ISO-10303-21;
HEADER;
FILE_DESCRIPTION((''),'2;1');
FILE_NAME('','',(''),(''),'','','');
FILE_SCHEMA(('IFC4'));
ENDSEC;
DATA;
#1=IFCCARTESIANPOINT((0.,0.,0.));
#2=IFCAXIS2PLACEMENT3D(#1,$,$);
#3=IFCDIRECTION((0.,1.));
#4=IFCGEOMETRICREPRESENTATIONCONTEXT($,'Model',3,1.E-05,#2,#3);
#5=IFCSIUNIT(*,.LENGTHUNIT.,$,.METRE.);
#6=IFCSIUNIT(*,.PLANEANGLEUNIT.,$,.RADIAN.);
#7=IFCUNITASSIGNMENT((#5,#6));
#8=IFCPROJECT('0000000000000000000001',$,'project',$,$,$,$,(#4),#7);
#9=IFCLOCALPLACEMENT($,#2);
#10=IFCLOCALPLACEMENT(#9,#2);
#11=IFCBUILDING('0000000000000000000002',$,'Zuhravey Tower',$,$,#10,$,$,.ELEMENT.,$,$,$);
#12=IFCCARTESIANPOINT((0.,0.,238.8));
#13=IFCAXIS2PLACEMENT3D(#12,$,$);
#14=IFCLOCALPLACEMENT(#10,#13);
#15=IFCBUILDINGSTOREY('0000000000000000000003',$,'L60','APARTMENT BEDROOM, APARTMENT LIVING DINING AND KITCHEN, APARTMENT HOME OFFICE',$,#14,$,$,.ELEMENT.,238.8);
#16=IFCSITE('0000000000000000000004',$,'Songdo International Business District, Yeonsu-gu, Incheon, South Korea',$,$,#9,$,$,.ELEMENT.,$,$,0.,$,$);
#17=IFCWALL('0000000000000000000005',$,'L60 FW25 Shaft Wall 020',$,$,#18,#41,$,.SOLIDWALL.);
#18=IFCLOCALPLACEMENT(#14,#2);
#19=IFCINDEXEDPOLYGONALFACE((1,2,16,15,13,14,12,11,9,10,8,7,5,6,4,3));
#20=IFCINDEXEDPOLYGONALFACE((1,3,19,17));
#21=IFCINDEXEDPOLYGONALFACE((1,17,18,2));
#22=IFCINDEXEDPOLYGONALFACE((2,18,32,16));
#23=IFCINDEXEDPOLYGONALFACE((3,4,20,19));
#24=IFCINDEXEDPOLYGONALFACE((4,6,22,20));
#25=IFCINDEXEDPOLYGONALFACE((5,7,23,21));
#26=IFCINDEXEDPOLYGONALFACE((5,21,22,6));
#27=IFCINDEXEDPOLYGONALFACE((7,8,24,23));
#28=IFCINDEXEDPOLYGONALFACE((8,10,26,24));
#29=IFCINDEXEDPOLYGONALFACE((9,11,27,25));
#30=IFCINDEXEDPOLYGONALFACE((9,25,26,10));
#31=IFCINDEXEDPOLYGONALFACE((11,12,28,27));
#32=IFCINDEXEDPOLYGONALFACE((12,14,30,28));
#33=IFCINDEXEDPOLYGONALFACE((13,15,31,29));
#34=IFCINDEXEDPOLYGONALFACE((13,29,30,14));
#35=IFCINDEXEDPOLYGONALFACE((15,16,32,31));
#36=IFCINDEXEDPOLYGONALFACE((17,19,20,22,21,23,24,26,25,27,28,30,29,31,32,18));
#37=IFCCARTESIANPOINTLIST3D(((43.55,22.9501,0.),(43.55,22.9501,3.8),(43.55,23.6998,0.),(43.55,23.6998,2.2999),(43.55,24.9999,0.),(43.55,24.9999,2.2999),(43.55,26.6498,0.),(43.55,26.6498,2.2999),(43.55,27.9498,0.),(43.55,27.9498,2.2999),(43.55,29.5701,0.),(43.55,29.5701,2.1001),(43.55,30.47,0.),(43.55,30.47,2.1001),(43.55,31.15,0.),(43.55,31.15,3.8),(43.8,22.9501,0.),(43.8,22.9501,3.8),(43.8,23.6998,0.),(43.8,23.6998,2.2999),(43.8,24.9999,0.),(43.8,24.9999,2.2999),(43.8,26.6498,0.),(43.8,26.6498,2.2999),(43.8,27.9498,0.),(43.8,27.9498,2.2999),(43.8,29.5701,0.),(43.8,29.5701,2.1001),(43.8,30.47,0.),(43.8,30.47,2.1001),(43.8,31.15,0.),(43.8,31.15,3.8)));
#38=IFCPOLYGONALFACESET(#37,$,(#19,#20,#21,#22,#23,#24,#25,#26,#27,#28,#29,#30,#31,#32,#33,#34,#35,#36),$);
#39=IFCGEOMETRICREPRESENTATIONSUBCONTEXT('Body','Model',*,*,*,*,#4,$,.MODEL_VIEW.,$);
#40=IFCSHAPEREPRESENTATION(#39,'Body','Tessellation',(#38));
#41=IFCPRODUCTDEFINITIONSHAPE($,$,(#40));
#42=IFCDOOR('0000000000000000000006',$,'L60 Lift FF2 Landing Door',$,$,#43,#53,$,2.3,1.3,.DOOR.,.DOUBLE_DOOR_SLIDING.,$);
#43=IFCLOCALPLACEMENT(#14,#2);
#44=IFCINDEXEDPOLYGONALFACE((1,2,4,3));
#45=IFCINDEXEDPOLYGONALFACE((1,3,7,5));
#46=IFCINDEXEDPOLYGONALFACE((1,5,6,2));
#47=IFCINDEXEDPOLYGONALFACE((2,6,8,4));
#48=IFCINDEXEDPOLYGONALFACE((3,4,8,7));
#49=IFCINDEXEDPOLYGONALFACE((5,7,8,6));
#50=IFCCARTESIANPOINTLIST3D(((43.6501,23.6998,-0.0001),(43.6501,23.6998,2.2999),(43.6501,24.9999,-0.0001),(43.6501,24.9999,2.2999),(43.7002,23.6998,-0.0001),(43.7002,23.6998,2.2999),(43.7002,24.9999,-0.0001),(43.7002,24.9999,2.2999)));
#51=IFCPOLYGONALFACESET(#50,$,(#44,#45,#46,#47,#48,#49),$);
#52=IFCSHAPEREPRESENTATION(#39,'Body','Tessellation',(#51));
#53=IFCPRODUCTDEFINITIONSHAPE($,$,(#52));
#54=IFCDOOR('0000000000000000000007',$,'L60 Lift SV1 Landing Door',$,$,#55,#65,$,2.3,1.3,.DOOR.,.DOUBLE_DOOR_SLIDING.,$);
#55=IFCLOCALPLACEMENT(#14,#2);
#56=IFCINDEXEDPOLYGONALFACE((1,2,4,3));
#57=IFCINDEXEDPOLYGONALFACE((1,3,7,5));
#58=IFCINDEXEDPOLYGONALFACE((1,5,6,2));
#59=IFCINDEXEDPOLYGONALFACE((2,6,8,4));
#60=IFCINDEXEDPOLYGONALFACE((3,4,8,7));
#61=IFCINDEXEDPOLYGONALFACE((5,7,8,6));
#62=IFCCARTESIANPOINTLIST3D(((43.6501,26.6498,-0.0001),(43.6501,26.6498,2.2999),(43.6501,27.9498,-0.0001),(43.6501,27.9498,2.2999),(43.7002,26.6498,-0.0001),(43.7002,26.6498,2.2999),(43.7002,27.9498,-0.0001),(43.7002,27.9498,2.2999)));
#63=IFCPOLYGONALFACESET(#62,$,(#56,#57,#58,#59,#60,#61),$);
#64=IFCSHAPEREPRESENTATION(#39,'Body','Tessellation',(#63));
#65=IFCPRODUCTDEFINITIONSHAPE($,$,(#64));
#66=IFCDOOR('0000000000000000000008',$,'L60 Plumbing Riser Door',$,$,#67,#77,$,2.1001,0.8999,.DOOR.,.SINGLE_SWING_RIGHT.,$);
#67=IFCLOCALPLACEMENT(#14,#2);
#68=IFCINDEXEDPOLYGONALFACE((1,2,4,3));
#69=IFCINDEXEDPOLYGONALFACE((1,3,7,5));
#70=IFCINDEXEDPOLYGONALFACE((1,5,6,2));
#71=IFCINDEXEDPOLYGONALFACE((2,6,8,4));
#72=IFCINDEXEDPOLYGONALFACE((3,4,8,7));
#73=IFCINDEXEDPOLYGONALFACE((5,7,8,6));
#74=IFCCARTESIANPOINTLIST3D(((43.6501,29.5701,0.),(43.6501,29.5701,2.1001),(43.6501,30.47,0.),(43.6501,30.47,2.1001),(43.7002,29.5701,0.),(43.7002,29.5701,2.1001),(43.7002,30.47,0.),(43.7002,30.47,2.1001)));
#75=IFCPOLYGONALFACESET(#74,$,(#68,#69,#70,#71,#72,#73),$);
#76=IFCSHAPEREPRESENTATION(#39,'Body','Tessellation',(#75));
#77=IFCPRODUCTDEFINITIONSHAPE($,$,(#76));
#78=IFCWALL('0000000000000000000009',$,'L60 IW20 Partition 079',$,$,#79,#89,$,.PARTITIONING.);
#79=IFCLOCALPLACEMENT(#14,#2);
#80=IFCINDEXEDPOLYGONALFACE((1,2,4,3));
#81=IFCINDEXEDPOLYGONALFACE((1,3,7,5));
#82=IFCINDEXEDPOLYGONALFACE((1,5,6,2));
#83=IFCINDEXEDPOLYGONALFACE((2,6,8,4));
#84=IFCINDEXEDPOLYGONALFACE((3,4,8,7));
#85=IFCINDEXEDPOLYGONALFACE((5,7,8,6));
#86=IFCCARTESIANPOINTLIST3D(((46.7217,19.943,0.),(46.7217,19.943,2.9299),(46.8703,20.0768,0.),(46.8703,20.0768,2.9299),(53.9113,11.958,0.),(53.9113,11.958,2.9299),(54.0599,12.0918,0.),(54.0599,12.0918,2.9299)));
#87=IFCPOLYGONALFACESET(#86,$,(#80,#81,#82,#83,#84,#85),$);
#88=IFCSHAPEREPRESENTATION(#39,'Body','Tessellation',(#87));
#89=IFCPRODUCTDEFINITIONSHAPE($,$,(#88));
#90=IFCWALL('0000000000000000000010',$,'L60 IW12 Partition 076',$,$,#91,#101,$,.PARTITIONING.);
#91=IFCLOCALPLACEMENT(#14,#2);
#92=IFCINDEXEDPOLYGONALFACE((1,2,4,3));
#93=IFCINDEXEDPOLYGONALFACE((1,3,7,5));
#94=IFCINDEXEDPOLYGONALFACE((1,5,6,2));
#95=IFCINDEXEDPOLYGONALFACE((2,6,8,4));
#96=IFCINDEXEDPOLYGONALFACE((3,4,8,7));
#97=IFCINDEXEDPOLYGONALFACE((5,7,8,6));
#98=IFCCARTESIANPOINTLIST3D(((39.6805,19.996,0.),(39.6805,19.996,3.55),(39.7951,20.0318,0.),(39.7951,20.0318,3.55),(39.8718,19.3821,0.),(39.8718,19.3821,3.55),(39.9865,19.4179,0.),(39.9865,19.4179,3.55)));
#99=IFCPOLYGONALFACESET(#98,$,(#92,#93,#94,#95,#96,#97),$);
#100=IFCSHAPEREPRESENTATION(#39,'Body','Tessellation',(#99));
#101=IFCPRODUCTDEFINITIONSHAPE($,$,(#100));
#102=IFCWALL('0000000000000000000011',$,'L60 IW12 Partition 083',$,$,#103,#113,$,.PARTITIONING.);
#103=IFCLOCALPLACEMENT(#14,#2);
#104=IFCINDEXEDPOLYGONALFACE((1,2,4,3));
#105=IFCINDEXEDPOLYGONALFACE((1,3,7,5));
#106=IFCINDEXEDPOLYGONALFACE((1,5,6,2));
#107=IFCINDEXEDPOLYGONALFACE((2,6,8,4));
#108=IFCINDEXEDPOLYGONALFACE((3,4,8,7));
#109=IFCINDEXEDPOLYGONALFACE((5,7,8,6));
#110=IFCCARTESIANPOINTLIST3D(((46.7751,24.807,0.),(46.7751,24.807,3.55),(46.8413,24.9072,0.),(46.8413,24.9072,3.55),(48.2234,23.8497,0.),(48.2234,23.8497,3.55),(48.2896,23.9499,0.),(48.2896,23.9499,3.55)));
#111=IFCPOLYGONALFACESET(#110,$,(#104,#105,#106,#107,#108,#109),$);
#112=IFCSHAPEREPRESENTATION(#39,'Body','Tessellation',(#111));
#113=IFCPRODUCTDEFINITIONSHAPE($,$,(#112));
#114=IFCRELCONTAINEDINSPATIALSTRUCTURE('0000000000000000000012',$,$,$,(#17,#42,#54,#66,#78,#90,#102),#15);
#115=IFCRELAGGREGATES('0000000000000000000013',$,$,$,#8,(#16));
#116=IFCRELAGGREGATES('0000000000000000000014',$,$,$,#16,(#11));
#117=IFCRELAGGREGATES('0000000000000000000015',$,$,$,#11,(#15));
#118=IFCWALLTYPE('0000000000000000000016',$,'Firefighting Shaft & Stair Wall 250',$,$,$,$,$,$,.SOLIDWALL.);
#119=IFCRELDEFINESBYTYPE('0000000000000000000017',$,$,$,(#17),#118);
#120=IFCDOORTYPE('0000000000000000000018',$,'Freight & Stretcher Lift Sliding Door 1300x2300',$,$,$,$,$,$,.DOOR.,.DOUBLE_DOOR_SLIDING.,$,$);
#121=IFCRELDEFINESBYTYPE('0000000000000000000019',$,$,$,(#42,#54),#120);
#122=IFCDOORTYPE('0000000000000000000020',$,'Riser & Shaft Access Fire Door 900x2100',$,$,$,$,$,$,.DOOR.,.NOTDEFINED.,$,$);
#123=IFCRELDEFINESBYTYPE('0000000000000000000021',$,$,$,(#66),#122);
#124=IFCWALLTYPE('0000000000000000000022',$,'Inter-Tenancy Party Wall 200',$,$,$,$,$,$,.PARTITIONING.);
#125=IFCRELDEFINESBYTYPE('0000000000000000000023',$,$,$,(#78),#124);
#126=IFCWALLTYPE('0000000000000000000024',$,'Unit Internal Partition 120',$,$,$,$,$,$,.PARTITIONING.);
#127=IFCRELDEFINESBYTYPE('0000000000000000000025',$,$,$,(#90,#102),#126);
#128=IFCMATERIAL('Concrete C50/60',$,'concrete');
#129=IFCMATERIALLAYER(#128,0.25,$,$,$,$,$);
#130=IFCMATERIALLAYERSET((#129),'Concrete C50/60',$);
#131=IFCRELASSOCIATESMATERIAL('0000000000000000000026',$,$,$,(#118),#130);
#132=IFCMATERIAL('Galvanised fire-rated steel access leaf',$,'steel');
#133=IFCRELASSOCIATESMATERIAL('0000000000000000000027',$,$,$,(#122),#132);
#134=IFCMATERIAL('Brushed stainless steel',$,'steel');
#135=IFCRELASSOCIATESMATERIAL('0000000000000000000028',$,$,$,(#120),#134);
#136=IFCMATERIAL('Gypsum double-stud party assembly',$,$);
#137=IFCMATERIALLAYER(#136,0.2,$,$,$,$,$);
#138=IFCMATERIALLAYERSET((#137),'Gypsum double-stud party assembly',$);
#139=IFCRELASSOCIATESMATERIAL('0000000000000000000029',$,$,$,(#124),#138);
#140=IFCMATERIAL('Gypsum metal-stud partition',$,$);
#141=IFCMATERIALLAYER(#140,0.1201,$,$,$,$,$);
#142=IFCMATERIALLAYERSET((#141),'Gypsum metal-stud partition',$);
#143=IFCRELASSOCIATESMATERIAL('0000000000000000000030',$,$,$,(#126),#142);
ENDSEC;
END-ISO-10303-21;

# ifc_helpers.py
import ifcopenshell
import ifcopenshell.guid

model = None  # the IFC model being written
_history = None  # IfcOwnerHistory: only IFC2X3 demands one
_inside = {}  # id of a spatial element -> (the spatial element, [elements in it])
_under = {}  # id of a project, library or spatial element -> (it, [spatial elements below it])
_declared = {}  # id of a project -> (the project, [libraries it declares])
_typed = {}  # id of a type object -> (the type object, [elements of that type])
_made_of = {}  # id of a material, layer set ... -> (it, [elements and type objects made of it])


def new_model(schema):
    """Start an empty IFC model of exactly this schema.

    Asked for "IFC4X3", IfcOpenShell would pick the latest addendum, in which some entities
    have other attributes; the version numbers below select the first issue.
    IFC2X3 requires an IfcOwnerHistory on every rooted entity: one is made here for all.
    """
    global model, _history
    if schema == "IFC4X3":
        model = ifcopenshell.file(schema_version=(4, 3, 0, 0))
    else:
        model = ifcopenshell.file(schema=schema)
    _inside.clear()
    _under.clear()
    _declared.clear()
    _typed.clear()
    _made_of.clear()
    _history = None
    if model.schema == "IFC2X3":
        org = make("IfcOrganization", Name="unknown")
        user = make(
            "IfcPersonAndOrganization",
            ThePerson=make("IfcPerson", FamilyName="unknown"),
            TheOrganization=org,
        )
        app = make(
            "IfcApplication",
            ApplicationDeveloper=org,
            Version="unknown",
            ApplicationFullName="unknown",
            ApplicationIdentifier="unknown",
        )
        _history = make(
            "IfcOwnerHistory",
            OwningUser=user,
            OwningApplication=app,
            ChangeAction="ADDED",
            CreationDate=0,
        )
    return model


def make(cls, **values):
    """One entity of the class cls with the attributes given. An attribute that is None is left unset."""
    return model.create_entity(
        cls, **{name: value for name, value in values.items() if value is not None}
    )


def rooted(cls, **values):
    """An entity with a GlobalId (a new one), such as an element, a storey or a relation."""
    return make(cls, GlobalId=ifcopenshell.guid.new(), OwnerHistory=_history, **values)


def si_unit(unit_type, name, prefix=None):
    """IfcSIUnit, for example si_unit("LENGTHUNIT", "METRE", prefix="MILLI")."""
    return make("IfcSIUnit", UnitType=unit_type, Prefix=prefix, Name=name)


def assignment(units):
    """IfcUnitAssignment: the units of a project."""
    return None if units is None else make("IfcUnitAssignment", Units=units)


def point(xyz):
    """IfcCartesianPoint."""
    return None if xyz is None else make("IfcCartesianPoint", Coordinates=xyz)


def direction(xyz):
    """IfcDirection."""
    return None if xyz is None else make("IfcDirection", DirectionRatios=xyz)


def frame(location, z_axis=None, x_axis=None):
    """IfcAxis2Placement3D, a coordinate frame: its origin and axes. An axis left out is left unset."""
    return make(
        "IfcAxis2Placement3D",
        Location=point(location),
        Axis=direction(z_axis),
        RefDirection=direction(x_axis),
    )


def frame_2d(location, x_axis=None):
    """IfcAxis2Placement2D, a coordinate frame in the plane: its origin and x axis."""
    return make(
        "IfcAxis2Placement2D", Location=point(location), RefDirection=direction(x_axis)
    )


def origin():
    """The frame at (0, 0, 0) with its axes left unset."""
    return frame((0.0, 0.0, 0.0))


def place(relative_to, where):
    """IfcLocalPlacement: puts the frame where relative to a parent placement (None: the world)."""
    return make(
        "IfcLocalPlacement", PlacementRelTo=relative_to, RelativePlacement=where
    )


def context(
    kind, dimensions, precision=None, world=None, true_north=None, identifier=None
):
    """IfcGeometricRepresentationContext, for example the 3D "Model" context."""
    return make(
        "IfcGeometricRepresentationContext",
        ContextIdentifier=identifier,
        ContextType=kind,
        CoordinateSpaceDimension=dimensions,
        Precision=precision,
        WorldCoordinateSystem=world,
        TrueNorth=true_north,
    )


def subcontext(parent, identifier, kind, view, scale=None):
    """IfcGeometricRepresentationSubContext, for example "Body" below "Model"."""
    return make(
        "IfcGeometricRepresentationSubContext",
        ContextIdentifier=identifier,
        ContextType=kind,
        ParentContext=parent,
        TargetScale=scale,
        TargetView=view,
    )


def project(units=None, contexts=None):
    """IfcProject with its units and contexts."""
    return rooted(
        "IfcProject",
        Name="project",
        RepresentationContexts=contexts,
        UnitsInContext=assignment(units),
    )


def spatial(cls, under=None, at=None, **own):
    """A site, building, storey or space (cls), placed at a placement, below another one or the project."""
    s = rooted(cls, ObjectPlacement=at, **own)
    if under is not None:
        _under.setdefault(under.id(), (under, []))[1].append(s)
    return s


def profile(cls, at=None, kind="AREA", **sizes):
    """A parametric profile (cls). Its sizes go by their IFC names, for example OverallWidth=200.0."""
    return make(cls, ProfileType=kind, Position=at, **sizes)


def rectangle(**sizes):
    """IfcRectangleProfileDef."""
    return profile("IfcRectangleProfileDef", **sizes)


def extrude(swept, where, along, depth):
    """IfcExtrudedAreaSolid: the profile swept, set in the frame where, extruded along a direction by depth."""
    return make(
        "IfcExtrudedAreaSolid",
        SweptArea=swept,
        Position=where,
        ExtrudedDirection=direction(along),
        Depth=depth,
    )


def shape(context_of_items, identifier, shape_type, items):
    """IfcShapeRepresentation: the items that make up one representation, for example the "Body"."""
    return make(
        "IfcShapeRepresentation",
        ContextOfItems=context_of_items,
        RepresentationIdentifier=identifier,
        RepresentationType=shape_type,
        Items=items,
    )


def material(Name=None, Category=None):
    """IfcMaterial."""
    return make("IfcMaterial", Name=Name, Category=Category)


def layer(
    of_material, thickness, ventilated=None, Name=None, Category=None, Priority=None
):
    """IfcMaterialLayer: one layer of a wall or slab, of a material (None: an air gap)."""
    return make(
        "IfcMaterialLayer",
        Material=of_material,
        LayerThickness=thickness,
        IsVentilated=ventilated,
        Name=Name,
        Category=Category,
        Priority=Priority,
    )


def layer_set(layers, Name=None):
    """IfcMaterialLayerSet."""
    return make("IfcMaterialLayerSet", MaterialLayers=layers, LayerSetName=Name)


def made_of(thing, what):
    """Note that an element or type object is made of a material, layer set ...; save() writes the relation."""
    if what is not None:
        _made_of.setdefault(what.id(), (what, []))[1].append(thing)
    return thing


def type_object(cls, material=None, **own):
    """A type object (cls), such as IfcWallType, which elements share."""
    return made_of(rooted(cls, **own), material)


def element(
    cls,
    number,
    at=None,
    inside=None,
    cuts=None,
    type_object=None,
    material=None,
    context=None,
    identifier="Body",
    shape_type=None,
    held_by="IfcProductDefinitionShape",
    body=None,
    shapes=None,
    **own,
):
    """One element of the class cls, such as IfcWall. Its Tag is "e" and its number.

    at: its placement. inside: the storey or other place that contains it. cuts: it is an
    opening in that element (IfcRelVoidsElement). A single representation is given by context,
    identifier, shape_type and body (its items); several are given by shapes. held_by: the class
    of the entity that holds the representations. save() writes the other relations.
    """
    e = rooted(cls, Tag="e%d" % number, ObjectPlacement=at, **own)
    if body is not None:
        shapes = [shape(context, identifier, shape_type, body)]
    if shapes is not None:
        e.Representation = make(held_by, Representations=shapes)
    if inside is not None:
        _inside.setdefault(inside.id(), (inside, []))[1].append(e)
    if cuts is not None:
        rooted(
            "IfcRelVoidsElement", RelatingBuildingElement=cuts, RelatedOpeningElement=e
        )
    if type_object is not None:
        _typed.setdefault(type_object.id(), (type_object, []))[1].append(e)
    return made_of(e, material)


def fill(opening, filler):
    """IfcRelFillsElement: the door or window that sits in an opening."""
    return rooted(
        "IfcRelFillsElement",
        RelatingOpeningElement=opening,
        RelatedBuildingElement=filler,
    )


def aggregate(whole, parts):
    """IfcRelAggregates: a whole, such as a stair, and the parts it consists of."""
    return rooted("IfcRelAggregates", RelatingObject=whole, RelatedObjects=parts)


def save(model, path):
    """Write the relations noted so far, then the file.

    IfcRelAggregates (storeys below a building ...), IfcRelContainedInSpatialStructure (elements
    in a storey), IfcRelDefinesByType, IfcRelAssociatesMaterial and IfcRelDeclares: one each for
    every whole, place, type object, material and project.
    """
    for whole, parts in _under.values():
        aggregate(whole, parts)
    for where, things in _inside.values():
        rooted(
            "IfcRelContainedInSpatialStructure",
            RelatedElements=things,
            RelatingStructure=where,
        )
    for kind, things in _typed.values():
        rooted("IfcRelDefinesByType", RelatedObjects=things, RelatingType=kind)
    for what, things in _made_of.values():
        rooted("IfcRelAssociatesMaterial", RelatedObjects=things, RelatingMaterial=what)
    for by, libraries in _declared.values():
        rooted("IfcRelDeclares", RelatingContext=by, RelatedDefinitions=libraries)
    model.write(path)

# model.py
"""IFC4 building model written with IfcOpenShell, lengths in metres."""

from ifc_helpers import new_model, si_unit, direction, frame, frame_2d, origin, place, context, subcontext, project, spatial, rectangle, extrude, material, layer, layer_set, type_object, element, fill, save


model = new_model("IFC4")

# Units and contexts
model_context = context("Model", 3, precision=1e-05, world=origin(), true_north=direction((0.0, 1.0)))
body_context = subcontext(model_context, "Body", "Model", "MODEL_VIEW")
ifc_project = project(units=[si_unit("LENGTHUNIT", "METRE"), si_unit("PLANEANGLEUNIT", "RADIAN")], contexts=[model_context])

# Site, building, storey
site_placement = place(None, origin())
site = spatial("IfcSite", under=ifc_project, at=site_placement, Name="Songdo International Business District, Yeonsu-gu, Incheon, South Korea", CompositionType="ELEMENT", RefElevation=0.0)
building_placement = place(site_placement, origin())
building = spatial("IfcBuilding", under=site, at=building_placement, Name="Zuhravey Tower", CompositionType="ELEMENT")
storey_placement = place(building_placement, frame((0.0, 0.0, 238.8)))
storey = spatial("IfcBuildingStorey", under=building, at=storey_placement, Name="L60", Description="APARTMENT BEDROOM, APARTMENT LIVING DINING AND KITCHEN, APARTMENT HOME OFFICE", CompositionType="ELEMENT", Elevation=238.8)

# Shared definitions
ifc_material_1 = material(Name="Concrete C50/60", Category="concrete")

# Shared definitions
ifc_layer_1 = layer(ifc_material_1, 0.25)
ifc_layer_set_1 = layer_set([ifc_layer_1], Name="Concrete C50/60")
wall_type_1 = type_object("IfcWallType", Name="Firefighting Shaft & Stair Wall 250", PredefinedType="SOLIDWALL", material=ifc_layer_set_1)
ifc_material_2 = material(Name="Galvanised fire-rated steel access leaf", Category="steel")
door_type_1 = type_object("IfcDoorType", Name="Riser & Shaft Access Fire Door 900x2100", OperationType="NOTDEFINED", PredefinedType="DOOR", material=ifc_material_2)

# Wall, openings, doors
wall_1_placement = place(storey_placement, frame((43.675, 22.95, 0.0), z_axis=(0.0, 0.0, 1.0), x_axis=(0.0, 1.0, 0.0)))
wall_1 = element("IfcWall", 1, at=wall_1_placement, inside=storey, type_object=wall_type_1, Name="L60 FW25 Shaft Wall 020", PredefinedType="SOLIDWALL", context=body_context, shape_type="SweptSolid", body=[
    extrude(rectangle(XDim=8.2, YDim=0.25, at=frame_2d((4.1001, 0.0))), origin(), (0.0, 0.0, 1.0), 3.8),
])
opening_1_placement = place(wall_1_placement, frame((0.75, 0.0, 0.0)))
opening_1 = element("IfcOpeningElement", 2, at=opening_1_placement, cuts=wall_1, PredefinedType="OPENING", context=body_context, shape_type="SweptSolid", body=[
    extrude(rectangle(XDim=1.3, YDim=2.3, at=frame_2d((0.6499, 1.1499))), frame((0.0, 0.137, 0.0), z_axis=(0.0, -1.0, 0.0), x_axis=(1.0, 0.0, 0.0)), (0.0, 0.0, 1.0), 0.2739),
])
opening_2_placement = place(wall_1_placement, frame((3.7, 0.0, 0.0)))
opening_2 = element("IfcOpeningElement", 3, at=opening_2_placement, cuts=wall_1, PredefinedType="OPENING", context=body_context, shape_type="SweptSolid", body=[
    extrude(rectangle(XDim=1.3, YDim=2.3, at=frame_2d((0.6499, 1.1499))), frame((0.0, 0.137, 0.0), z_axis=(0.0, -1.0, 0.0), x_axis=(1.0, 0.0, 0.0)), (0.0, 0.0, 1.0), 0.2739),
])
opening_3_placement = place(wall_1_placement, frame((6.6201, 0.0, 0.0)))
opening_3 = element("IfcOpeningElement", 4, at=opening_3_placement, cuts=wall_1, PredefinedType="OPENING", context=body_context, shape_type="SweptSolid", body=[
    extrude(rectangle(XDim=0.8999, YDim=2.1001, at=frame_2d((0.45, 1.05))), frame((0.0, 0.137, 0.0), z_axis=(0.0, -1.0, 0.0), x_axis=(1.0, 0.0, 0.0)), (0.0, 0.0, 1.0), 0.2739),
])
ifc_material_3 = material(Name="Brushed stainless steel", Category="steel")
door_type_2 = type_object("IfcDoorType", Name="Freight & Stretcher Lift Sliding Door 1300x2300", OperationType="DOUBLE_DOOR_SLIDING", PredefinedType="DOOR", material=ifc_material_3)
door_1_placement = place(opening_1_placement, origin())
door_1 = element("IfcDoor", 5, at=door_1_placement, inside=storey, type_object=door_type_2, Name="L60 Lift FF2 Landing Door", OperationType="DOUBLE_DOOR_SLIDING", OverallHeight=2.3, OverallWidth=1.3, PredefinedType="DOOR", context=body_context, shape_type="SweptSolid", body=[
    extrude(rectangle(XDim=1.3, YDim=2.3, at=frame_2d((0.6499, 1.1499))), frame((0.0, 0.0249, 0.0), z_axis=(0.0, -1.0, 0.0), x_axis=(1.0, 0.0, 0.0)), (0.0, 0.0, 1.0), 0.05),
])
fill(opening_1, door_1)
door_2_placement = place(opening_2_placement, origin())
door_2 = element("IfcDoor", 6, at=door_2_placement, inside=storey, type_object=door_type_2, Name="L60 Lift SV1 Landing Door", OperationType="DOUBLE_DOOR_SLIDING", OverallHeight=2.3, OverallWidth=1.3, PredefinedType="DOOR", context=body_context, shape_type="SweptSolid", body=[
    extrude(rectangle(XDim=1.3, YDim=2.3, at=frame_2d((0.6499, 1.1499))), frame((0.0, 0.0249, 0.0), z_axis=(0.0, -1.0, 0.0), x_axis=(1.0, 0.0, 0.0)), (0.0, 0.0, 1.0), 0.05),
])
fill(opening_2, door_2)
door_3_placement = place(opening_3_placement, origin())
door_3 = element("IfcDoor", 7, at=door_3_placement, inside=storey, type_object=door_type_1, Name="L60 Plumbing Riser Door", OperationType="SINGLE_SWING_RIGHT", OverallHeight=2.1001, OverallWidth=0.8999, PredefinedType="DOOR", context=body_context, shape_type="SweptSolid", body=[
    extrude(rectangle(XDim=0.8999, YDim=2.1001, at=frame_2d((0.45, 1.05))), frame((0.0, 0.0249, 0.0), z_axis=(0.0, -1.0, 0.0), x_axis=(1.0, 0.0, 0.0)), (0.0, 0.0, 1.0), 0.05),
])
fill(opening_3, door_3)

# Walls
ifc_material_4 = material(Name="Gypsum double-stud party assembly")
ifc_layer_2 = layer(ifc_material_4, 0.2)
ifc_layer_set_2 = layer_set([ifc_layer_2], Name="Gypsum double-stud party assembly")
wall_type_2 = type_object("IfcWallType", Name="Inter-Tenancy Party Wall 200", PredefinedType="PARTITIONING", material=ifc_layer_set_2)
wall_2_placement = place(storey_placement, frame((46.7959, 20.01, 0.0), z_axis=(0.0, 0.0, 1.0), x_axis=(0.669124, -0.743151, 0.0)))
element("IfcWall", 8, at=wall_2_placement, inside=storey, type_object=wall_type_2, Name="L60 IW20 Partition 079", PredefinedType="PARTITIONING", context=body_context, shape_type="SweptSolid", body=[
    extrude(rectangle(XDim=10.7449, YDim=0.2, at=frame_2d((5.3726, 0.0))), origin(), (0.0, 0.0, 1.0), 2.9299),
])
ifc_material_5 = material(Name="Gypsum metal-stud partition")
ifc_layer_3 = layer(ifc_material_5, 0.1201)
ifc_layer_set_3 = layer_set([ifc_layer_3], Name="Gypsum metal-stud partition")
wall_type_3 = type_object("IfcWallType", Name="Unit Internal Partition 120", PredefinedType="PARTITIONING", material=ifc_layer_set_3)
wall_3_placement = place(storey_placement, frame((39.7378, 20.0139, 0.0), z_axis=(0.0, 0.0, 1.0), x_axis=(0.297605, -0.954689, 0.0)))
element("IfcWall", 9, at=wall_3_placement, inside=storey, type_object=wall_type_3, Name="L60 IW12 Partition 076", PredefinedType="PARTITIONING", context=body_context, shape_type="SweptSolid", body=[
    extrude(rectangle(XDim=0.6431, YDim=0.1201, at=frame_2d((0.3215, 0.0))), origin(), (0.0, 0.0, 1.0), 3.55),
])
wall_4_placement = place(storey_placement, frame((46.8081, 24.8572, 0.0), z_axis=(0.0, 0.0, 1.0), x_axis=(0.834229, -0.551418, 0.0)))
element("IfcWall", 10, at=wall_4_placement, inside=storey, type_object=wall_type_3, Name="L60 IW12 Partition 083", PredefinedType="PARTITIONING", context=body_context, shape_type="SweptSolid", body=[
    extrude(rectangle(XDim=1.7361, YDim=0.1201, at=frame_2d((0.8682, 0.0))), origin(), (0.0, 0.0, 1.0), 3.55),
])

save(model, "model.ifc")
